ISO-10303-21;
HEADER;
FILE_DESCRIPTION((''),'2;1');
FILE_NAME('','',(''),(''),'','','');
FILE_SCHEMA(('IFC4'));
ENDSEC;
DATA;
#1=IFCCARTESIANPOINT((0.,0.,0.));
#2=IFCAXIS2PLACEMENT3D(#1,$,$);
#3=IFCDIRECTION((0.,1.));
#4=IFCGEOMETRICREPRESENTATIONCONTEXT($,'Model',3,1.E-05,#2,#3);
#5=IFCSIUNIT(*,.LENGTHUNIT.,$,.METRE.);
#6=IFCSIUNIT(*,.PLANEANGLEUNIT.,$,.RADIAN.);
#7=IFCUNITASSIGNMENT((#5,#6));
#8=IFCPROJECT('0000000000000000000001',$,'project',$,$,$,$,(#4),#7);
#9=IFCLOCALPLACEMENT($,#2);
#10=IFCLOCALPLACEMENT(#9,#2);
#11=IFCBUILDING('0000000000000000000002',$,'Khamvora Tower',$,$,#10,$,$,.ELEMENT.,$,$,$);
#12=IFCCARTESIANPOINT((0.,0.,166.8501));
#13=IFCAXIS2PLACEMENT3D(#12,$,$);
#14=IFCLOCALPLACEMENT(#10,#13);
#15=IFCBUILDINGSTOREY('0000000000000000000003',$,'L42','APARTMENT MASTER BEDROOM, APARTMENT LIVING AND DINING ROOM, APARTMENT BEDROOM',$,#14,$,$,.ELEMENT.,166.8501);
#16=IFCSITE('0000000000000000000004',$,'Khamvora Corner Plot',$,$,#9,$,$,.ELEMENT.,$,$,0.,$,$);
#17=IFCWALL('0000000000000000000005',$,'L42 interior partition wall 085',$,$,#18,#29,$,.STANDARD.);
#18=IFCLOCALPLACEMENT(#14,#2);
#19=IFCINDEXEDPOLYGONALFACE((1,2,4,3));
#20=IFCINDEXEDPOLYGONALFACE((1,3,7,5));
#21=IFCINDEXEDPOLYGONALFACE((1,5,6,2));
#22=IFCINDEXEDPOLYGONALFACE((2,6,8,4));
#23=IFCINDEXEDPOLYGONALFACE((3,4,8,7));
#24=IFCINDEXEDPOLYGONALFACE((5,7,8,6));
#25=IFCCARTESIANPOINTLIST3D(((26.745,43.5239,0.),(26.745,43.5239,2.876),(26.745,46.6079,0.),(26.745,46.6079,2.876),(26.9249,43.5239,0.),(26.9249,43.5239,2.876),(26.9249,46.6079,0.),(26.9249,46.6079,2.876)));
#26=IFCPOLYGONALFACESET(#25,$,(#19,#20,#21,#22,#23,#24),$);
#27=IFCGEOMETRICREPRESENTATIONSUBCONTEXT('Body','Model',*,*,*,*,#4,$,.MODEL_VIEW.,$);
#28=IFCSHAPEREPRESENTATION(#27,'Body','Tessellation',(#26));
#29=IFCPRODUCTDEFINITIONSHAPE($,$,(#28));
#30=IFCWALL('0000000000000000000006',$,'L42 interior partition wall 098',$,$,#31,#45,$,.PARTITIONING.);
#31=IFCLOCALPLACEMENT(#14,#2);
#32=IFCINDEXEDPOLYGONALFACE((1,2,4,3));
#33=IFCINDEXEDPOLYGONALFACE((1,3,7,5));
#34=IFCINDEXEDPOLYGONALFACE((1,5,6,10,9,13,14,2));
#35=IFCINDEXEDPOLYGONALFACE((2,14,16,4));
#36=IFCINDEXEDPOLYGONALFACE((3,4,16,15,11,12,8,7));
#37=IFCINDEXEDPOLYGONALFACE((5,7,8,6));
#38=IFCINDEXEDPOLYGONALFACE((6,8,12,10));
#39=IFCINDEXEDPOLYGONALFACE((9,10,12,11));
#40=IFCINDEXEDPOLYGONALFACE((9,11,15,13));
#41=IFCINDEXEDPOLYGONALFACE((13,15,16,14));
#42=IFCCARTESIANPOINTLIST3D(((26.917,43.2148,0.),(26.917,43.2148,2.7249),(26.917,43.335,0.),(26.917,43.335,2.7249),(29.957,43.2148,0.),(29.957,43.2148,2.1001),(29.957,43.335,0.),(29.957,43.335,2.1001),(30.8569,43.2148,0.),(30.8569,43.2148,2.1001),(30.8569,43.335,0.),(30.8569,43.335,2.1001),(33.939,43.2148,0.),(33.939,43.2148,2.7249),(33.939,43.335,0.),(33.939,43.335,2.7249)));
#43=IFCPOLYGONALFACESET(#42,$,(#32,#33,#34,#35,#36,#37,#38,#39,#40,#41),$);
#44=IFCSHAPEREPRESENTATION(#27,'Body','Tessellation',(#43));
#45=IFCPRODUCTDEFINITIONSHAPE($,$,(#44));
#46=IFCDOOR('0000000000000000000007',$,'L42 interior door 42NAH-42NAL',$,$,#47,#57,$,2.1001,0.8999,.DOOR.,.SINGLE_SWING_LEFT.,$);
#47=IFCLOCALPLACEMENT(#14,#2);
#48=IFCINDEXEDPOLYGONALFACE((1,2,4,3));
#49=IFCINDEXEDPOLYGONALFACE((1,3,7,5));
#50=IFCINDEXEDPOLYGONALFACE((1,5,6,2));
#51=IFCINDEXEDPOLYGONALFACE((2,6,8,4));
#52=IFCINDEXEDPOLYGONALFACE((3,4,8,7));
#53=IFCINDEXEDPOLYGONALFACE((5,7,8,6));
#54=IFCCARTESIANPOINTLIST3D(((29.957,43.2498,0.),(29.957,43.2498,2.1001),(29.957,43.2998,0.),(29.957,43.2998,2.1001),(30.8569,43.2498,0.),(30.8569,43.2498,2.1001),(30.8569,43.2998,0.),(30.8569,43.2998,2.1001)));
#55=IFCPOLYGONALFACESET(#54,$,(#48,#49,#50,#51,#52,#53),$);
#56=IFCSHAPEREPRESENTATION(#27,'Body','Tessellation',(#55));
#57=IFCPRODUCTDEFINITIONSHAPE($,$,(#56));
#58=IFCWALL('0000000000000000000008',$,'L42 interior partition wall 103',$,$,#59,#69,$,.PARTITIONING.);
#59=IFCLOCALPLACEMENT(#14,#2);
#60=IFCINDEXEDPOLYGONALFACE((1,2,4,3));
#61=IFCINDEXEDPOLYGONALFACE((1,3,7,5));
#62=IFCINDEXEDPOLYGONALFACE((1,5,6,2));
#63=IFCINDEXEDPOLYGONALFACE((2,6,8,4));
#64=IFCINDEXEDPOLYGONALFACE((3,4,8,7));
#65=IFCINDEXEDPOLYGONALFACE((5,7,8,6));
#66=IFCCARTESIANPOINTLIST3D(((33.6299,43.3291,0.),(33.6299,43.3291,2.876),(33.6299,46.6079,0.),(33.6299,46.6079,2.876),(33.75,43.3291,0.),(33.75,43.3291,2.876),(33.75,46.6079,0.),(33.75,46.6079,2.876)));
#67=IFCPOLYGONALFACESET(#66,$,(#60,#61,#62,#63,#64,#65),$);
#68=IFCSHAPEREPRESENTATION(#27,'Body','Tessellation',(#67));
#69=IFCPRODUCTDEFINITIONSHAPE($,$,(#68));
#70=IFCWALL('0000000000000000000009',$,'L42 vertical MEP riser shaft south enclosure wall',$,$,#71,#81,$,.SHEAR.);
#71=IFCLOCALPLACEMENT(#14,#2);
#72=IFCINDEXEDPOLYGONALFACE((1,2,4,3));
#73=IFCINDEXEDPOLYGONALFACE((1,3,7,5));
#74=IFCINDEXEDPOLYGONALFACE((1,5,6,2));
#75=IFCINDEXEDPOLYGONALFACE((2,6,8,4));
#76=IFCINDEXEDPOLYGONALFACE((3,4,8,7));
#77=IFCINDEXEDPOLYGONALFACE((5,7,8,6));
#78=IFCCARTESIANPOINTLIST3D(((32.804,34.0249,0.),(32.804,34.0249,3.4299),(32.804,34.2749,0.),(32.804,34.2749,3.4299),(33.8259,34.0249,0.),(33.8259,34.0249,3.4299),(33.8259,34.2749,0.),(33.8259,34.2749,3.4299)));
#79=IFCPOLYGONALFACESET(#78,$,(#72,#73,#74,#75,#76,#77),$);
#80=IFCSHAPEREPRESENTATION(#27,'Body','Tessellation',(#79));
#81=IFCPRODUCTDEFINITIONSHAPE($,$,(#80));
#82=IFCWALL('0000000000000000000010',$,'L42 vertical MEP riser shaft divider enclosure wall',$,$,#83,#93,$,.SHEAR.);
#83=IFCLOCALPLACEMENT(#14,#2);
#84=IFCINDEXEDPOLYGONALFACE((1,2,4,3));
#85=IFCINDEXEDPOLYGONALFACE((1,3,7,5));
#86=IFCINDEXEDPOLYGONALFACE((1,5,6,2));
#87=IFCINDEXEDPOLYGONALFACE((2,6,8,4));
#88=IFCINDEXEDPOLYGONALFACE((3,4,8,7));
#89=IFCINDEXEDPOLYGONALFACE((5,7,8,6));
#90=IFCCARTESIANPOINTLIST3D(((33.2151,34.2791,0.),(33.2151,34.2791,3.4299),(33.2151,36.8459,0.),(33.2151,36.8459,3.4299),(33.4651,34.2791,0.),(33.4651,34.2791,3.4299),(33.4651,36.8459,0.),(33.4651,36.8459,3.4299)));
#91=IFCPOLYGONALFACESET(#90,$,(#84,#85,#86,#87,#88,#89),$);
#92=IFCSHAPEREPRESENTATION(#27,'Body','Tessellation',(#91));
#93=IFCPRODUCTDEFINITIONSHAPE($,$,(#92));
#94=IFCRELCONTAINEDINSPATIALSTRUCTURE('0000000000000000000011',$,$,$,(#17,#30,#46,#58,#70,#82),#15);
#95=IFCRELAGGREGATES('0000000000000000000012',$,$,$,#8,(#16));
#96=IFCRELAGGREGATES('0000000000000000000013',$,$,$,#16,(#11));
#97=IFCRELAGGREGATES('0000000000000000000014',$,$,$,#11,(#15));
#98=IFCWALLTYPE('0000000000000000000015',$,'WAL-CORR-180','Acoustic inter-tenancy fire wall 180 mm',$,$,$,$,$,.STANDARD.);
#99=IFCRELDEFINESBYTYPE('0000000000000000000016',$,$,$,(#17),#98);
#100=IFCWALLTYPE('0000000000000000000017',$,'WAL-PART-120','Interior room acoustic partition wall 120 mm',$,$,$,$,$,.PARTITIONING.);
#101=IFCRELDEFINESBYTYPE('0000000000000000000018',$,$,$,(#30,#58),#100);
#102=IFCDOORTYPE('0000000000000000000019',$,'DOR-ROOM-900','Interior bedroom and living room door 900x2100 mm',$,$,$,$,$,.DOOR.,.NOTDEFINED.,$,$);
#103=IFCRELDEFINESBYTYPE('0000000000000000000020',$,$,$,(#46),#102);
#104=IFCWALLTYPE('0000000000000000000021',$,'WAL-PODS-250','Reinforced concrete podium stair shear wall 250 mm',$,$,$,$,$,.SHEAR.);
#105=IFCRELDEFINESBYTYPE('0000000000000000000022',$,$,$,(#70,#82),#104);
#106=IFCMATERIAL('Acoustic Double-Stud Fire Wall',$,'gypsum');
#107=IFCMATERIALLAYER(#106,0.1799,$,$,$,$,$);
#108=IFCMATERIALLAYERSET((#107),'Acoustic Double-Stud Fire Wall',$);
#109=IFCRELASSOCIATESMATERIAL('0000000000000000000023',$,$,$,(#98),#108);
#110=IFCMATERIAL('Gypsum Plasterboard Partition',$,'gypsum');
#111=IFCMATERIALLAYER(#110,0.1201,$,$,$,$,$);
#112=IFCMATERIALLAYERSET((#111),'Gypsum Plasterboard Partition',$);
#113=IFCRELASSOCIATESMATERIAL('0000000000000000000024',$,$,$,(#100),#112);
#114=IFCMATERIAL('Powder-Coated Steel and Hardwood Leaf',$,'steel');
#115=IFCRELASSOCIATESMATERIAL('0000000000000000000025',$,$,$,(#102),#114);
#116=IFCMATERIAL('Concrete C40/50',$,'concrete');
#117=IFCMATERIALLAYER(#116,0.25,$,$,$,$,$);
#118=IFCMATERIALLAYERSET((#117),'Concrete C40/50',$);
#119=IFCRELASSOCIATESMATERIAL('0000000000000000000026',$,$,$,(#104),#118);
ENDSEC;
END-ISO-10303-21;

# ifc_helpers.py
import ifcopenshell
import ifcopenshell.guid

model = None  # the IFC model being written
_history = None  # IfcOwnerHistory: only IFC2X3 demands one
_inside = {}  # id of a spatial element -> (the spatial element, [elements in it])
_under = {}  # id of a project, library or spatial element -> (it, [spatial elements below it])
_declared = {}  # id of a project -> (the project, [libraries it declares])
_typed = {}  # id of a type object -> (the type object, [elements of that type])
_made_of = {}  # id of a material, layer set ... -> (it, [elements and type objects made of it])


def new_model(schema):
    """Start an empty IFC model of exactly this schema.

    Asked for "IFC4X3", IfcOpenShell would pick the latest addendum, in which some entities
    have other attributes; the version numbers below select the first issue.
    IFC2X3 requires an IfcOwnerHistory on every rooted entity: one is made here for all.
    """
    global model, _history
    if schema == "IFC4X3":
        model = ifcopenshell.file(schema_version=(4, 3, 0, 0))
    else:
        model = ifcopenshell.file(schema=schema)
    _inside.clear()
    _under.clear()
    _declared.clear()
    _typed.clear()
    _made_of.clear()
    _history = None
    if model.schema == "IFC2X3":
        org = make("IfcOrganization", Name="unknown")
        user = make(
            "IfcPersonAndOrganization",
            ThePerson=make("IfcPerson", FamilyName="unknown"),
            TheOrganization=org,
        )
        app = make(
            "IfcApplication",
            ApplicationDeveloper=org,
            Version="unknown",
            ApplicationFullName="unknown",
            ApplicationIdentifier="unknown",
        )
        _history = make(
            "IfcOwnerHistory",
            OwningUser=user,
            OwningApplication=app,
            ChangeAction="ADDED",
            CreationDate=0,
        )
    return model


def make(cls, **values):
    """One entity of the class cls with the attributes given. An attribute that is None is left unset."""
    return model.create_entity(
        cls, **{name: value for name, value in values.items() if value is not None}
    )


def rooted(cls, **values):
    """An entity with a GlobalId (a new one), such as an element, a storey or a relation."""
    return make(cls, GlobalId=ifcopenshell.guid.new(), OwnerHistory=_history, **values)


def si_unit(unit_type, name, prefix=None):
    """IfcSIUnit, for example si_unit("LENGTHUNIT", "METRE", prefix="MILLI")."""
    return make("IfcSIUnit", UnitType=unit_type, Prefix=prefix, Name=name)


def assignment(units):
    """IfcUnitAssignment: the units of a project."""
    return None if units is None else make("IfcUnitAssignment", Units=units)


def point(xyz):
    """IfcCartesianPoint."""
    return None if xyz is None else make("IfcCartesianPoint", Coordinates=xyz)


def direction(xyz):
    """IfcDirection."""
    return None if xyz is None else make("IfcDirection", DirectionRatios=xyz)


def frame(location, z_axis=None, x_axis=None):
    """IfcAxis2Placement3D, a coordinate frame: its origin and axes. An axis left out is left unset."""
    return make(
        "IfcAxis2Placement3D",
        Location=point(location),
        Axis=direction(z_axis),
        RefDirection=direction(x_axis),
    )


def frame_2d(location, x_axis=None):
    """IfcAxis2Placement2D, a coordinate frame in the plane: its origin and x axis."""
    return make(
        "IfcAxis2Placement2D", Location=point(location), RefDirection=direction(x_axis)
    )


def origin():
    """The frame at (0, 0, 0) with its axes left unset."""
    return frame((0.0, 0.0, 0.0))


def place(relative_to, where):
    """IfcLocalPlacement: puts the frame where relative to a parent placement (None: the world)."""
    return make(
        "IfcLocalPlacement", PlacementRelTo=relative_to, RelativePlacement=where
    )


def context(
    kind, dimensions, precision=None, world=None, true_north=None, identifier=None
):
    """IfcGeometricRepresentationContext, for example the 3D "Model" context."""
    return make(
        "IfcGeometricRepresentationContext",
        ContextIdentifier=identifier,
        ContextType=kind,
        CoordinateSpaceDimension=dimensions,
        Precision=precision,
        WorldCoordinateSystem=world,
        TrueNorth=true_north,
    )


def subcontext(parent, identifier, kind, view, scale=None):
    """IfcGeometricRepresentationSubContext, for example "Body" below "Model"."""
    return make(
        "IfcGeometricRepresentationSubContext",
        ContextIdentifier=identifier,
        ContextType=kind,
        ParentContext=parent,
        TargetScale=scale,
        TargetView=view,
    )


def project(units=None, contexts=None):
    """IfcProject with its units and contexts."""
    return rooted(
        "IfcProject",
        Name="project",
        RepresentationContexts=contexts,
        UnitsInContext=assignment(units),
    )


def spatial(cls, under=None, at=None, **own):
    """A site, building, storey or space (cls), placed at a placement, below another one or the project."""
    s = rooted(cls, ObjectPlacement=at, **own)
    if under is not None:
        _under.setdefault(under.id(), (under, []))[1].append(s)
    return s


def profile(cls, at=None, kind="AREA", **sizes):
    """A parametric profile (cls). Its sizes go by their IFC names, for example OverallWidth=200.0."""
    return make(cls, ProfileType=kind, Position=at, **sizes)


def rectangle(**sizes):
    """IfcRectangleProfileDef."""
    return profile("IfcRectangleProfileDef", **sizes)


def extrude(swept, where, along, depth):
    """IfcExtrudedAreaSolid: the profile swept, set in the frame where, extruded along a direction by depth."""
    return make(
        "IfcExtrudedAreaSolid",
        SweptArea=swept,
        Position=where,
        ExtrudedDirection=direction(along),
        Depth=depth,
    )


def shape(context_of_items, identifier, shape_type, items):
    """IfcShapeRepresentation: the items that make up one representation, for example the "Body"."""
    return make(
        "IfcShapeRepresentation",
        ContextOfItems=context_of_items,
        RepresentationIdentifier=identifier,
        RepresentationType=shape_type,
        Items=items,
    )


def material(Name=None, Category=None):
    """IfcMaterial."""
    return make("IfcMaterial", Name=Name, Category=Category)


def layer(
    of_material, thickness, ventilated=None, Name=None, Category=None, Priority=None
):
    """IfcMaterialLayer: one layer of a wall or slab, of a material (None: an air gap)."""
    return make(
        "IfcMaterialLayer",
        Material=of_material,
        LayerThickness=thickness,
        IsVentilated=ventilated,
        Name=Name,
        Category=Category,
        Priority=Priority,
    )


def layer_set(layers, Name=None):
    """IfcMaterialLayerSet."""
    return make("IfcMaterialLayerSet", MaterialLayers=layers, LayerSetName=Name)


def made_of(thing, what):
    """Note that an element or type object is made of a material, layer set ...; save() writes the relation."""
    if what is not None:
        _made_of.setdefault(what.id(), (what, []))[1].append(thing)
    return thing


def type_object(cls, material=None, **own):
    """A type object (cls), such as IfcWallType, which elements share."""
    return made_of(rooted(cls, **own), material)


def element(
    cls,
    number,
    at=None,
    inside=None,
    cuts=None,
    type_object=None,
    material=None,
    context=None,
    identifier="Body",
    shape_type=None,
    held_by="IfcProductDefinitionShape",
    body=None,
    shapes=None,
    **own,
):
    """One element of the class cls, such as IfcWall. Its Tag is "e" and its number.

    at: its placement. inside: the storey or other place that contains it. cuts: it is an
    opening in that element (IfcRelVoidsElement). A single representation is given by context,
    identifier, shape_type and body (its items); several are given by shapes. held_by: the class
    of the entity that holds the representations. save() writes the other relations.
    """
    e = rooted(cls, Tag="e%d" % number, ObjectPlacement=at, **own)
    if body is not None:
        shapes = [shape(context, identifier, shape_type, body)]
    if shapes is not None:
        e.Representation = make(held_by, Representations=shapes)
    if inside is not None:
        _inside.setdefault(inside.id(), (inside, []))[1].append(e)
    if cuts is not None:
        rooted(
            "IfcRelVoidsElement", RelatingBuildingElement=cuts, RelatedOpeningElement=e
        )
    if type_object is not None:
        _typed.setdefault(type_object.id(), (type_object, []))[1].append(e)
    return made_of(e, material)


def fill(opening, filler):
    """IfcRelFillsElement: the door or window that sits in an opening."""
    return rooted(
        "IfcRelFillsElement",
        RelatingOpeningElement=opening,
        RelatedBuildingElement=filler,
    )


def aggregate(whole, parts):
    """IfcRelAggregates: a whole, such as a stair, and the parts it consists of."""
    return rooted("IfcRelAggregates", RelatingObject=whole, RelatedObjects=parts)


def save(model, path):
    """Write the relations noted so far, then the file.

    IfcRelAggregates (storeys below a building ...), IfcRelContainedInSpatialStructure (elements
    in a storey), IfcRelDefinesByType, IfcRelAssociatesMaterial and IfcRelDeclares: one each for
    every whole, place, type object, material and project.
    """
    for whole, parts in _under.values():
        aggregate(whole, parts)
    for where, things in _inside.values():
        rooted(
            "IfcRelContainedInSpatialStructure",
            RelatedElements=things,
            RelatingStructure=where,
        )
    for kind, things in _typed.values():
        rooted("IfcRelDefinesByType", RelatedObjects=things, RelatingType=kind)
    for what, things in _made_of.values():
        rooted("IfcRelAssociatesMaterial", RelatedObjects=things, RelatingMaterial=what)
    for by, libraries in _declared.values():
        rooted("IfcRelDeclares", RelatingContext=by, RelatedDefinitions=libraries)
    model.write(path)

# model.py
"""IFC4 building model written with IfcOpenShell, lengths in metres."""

from ifc_helpers import new_model, si_unit, direction, frame, frame_2d, origin, place, context, subcontext, project, spatial, rectangle, extrude, material, layer, layer_set, type_object, element, fill, save


model = new_model("IFC4")

# Units and contexts
model_context = context("Model", 3, precision=1e-05, world=origin(), true_north=direction((0.0, 1.0)))
body_context = subcontext(model_context, "Body", "Model", "MODEL_VIEW")
ifc_project = project(units=[si_unit("LENGTHUNIT", "METRE"), si_unit("PLANEANGLEUNIT", "RADIAN")], contexts=[model_context])

# Site, building, storey
site_placement = place(None, origin())
site = spatial("IfcSite", under=ifc_project, at=site_placement, Name="Khamvora Corner Plot", CompositionType="ELEMENT", RefElevation=0.0)
building_placement = place(site_placement, origin())
building = spatial("IfcBuilding", under=site, at=building_placement, Name="Khamvora Tower", CompositionType="ELEMENT")
storey_placement = place(building_placement, frame((0.0, 0.0, 166.8501)))
storey = spatial("IfcBuildingStorey", under=building, at=storey_placement, Name="L42", Description="APARTMENT MASTER BEDROOM, APARTMENT LIVING AND DINING ROOM, APARTMENT BEDROOM", CompositionType="ELEMENT", Elevation=166.8501)

# Shared definitions
ifc_material_1 = material(Name="Powder-Coated Steel and Hardwood Leaf", Category="steel")

# Wall
ifc_material_2 = material(Name="Acoustic Double-Stud Fire Wall", Category="gypsum")
ifc_layer_1 = layer(ifc_material_2, 0.1799)
ifc_layer_set_1 = layer_set([ifc_layer_1], Name="Acoustic Double-Stud Fire Wall")
wall_type_1 = type_object("IfcWallType", Name="WAL-CORR-180", Description="Acoustic inter-tenancy fire wall 180 mm", PredefinedType="STANDARD", material=ifc_layer_set_1)
wall_1_placement = place(storey_placement, frame((26.835, 46.6079, 0.0), z_axis=(0.0, 0.0, 1.0), x_axis=(0.0, -1.0, 0.0)))
element("IfcWall", 1, at=wall_1_placement, inside=storey, type_object=wall_type_1, Name="L42 interior partition wall 085", PredefinedType="STANDARD", context=body_context, shape_type="SweptSolid", body=[
    extrude(rectangle(XDim=3.084, YDim=0.1799, at=frame_2d((1.542, 0.0))), origin(), (0.0, 0.0, 1.0), 2.876),
])

# Wall, opening, door
ifc_material_3 = material(Name="Gypsum Plasterboard Partition", Category="gypsum")
ifc_layer_2 = layer(ifc_material_3, 0.1201)
ifc_layer_set_2 = layer_set([ifc_layer_2], Name="Gypsum Plasterboard Partition")
wall_type_2 = type_object("IfcWallType", Name="WAL-PART-120", Description="Interior room acoustic partition wall 120 mm", PredefinedType="PARTITIONING", material=ifc_layer_set_2)
wall_2_placement = place(storey_placement, frame((26.917, 43.2749, 0.0), z_axis=(0.0, 0.0, 1.0), x_axis=(1.0, 0.0, 0.0)))
wall_2 = element("IfcWall", 2, at=wall_2_placement, inside=storey, type_object=wall_type_2, Name="L42 interior partition wall 098", PredefinedType="PARTITIONING", context=body_context, shape_type="SweptSolid", body=[
    extrude(rectangle(XDim=7.022, YDim=0.1201, at=frame_2d((3.511, 0.0))), origin(), (0.0, 0.0, 1.0), 2.7249),
])
opening_1_placement = place(wall_2_placement, frame((3.04, 0.0, 0.0)))
opening_1 = element("IfcOpeningElement", 3, at=opening_1_placement, cuts=wall_2, PredefinedType="OPENING", context=body_context, shape_type="SweptSolid", body=[
    extrude(rectangle(XDim=0.8999, YDim=2.1001, at=frame_2d((0.45, 1.05))), frame((0.0, 0.0701, 0.0), z_axis=(0.0, -1.0, 0.0), x_axis=(1.0, 0.0, 0.0)), (0.0, 0.0, 1.0), 0.1401),
])
door_type_1 = type_object("IfcDoorType", Name="DOR-ROOM-900", Description="Interior bedroom and living room door 900x2100 mm", OperationType="NOTDEFINED", PredefinedType="DOOR", material=ifc_material_1)
door_1_placement = place(opening_1_placement, origin())
door_1 = element("IfcDoor", 4, at=door_1_placement, inside=storey, type_object=door_type_1, Name="L42 interior door 42NAH-42NAL", OperationType="SINGLE_SWING_LEFT", OverallHeight=2.1001, OverallWidth=0.8999, PredefinedType="DOOR", context=body_context, shape_type="SweptSolid", body=[
    extrude(rectangle(XDim=0.8999, YDim=2.1001, at=frame_2d((0.45, 1.05))), frame((0.0, 0.0249, 0.0), z_axis=(0.0, -1.0, 0.0), x_axis=(1.0, 0.0, 0.0)), (0.0, 0.0, 1.0), 0.05),
])
fill(opening_1, door_1)

# Walls
wall_3_placement = place(storey_placement, frame((33.6899, 46.6079, 0.0), z_axis=(0.0, 0.0, 1.0), x_axis=(0.0, -1.0, 0.0)))
element("IfcWall", 5, at=wall_3_placement, inside=storey, type_object=wall_type_2, Name="L42 interior partition wall 103", PredefinedType="PARTITIONING", context=body_context, shape_type="SweptSolid", body=[
    extrude(rectangle(XDim=3.2788, YDim=0.1201, at=frame_2d((1.6394, 0.0))), origin(), (0.0, 0.0, 1.0), 2.876),
])
ifc_material_4 = material(Name="Concrete C40/50", Category="concrete")
ifc_layer_3 = layer(ifc_material_4, 0.25)
ifc_layer_set_3 = layer_set([ifc_layer_3], Name="Concrete C40/50")
wall_type_3 = type_object("IfcWallType", Name="WAL-PODS-250", Description="Reinforced concrete podium stair shear wall 250 mm", PredefinedType="SHEAR", material=ifc_layer_set_3)
wall_4_placement = place(storey_placement, frame((32.804, 34.1499, 0.0), z_axis=(0.0, 0.0, 1.0), x_axis=(1.0, 0.0, 0.0)))
element("IfcWall", 6, at=wall_4_placement, inside=storey, type_object=wall_type_3, Name="L42 vertical MEP riser shaft south enclosure wall", PredefinedType="SHEAR", context=body_context, shape_type="SweptSolid", body=[
    extrude(rectangle(XDim=1.022, YDim=0.25, at=frame_2d((0.511, 0.0))), origin(), (0.0, 0.0, 1.0), 3.4299),
])
wall_5_placement = place(storey_placement, frame((33.3401, 34.2791, 0.0), z_axis=(0.0, 0.0, 1.0), x_axis=(0.0, 1.0, 0.0)))
element("IfcWall", 7, at=wall_5_placement, inside=storey, type_object=wall_type_3, Name="L42 vertical MEP riser shaft divider enclosure wall", PredefinedType="SHEAR", context=body_context, shape_type="SweptSolid", body=[
    extrude(rectangle(XDim=2.5669, YDim=0.25, at=frame_2d((1.2834, 0.0))), origin(), (0.0, 0.0, 1.0), 3.4299),
])

save(model, "model.ifc")
